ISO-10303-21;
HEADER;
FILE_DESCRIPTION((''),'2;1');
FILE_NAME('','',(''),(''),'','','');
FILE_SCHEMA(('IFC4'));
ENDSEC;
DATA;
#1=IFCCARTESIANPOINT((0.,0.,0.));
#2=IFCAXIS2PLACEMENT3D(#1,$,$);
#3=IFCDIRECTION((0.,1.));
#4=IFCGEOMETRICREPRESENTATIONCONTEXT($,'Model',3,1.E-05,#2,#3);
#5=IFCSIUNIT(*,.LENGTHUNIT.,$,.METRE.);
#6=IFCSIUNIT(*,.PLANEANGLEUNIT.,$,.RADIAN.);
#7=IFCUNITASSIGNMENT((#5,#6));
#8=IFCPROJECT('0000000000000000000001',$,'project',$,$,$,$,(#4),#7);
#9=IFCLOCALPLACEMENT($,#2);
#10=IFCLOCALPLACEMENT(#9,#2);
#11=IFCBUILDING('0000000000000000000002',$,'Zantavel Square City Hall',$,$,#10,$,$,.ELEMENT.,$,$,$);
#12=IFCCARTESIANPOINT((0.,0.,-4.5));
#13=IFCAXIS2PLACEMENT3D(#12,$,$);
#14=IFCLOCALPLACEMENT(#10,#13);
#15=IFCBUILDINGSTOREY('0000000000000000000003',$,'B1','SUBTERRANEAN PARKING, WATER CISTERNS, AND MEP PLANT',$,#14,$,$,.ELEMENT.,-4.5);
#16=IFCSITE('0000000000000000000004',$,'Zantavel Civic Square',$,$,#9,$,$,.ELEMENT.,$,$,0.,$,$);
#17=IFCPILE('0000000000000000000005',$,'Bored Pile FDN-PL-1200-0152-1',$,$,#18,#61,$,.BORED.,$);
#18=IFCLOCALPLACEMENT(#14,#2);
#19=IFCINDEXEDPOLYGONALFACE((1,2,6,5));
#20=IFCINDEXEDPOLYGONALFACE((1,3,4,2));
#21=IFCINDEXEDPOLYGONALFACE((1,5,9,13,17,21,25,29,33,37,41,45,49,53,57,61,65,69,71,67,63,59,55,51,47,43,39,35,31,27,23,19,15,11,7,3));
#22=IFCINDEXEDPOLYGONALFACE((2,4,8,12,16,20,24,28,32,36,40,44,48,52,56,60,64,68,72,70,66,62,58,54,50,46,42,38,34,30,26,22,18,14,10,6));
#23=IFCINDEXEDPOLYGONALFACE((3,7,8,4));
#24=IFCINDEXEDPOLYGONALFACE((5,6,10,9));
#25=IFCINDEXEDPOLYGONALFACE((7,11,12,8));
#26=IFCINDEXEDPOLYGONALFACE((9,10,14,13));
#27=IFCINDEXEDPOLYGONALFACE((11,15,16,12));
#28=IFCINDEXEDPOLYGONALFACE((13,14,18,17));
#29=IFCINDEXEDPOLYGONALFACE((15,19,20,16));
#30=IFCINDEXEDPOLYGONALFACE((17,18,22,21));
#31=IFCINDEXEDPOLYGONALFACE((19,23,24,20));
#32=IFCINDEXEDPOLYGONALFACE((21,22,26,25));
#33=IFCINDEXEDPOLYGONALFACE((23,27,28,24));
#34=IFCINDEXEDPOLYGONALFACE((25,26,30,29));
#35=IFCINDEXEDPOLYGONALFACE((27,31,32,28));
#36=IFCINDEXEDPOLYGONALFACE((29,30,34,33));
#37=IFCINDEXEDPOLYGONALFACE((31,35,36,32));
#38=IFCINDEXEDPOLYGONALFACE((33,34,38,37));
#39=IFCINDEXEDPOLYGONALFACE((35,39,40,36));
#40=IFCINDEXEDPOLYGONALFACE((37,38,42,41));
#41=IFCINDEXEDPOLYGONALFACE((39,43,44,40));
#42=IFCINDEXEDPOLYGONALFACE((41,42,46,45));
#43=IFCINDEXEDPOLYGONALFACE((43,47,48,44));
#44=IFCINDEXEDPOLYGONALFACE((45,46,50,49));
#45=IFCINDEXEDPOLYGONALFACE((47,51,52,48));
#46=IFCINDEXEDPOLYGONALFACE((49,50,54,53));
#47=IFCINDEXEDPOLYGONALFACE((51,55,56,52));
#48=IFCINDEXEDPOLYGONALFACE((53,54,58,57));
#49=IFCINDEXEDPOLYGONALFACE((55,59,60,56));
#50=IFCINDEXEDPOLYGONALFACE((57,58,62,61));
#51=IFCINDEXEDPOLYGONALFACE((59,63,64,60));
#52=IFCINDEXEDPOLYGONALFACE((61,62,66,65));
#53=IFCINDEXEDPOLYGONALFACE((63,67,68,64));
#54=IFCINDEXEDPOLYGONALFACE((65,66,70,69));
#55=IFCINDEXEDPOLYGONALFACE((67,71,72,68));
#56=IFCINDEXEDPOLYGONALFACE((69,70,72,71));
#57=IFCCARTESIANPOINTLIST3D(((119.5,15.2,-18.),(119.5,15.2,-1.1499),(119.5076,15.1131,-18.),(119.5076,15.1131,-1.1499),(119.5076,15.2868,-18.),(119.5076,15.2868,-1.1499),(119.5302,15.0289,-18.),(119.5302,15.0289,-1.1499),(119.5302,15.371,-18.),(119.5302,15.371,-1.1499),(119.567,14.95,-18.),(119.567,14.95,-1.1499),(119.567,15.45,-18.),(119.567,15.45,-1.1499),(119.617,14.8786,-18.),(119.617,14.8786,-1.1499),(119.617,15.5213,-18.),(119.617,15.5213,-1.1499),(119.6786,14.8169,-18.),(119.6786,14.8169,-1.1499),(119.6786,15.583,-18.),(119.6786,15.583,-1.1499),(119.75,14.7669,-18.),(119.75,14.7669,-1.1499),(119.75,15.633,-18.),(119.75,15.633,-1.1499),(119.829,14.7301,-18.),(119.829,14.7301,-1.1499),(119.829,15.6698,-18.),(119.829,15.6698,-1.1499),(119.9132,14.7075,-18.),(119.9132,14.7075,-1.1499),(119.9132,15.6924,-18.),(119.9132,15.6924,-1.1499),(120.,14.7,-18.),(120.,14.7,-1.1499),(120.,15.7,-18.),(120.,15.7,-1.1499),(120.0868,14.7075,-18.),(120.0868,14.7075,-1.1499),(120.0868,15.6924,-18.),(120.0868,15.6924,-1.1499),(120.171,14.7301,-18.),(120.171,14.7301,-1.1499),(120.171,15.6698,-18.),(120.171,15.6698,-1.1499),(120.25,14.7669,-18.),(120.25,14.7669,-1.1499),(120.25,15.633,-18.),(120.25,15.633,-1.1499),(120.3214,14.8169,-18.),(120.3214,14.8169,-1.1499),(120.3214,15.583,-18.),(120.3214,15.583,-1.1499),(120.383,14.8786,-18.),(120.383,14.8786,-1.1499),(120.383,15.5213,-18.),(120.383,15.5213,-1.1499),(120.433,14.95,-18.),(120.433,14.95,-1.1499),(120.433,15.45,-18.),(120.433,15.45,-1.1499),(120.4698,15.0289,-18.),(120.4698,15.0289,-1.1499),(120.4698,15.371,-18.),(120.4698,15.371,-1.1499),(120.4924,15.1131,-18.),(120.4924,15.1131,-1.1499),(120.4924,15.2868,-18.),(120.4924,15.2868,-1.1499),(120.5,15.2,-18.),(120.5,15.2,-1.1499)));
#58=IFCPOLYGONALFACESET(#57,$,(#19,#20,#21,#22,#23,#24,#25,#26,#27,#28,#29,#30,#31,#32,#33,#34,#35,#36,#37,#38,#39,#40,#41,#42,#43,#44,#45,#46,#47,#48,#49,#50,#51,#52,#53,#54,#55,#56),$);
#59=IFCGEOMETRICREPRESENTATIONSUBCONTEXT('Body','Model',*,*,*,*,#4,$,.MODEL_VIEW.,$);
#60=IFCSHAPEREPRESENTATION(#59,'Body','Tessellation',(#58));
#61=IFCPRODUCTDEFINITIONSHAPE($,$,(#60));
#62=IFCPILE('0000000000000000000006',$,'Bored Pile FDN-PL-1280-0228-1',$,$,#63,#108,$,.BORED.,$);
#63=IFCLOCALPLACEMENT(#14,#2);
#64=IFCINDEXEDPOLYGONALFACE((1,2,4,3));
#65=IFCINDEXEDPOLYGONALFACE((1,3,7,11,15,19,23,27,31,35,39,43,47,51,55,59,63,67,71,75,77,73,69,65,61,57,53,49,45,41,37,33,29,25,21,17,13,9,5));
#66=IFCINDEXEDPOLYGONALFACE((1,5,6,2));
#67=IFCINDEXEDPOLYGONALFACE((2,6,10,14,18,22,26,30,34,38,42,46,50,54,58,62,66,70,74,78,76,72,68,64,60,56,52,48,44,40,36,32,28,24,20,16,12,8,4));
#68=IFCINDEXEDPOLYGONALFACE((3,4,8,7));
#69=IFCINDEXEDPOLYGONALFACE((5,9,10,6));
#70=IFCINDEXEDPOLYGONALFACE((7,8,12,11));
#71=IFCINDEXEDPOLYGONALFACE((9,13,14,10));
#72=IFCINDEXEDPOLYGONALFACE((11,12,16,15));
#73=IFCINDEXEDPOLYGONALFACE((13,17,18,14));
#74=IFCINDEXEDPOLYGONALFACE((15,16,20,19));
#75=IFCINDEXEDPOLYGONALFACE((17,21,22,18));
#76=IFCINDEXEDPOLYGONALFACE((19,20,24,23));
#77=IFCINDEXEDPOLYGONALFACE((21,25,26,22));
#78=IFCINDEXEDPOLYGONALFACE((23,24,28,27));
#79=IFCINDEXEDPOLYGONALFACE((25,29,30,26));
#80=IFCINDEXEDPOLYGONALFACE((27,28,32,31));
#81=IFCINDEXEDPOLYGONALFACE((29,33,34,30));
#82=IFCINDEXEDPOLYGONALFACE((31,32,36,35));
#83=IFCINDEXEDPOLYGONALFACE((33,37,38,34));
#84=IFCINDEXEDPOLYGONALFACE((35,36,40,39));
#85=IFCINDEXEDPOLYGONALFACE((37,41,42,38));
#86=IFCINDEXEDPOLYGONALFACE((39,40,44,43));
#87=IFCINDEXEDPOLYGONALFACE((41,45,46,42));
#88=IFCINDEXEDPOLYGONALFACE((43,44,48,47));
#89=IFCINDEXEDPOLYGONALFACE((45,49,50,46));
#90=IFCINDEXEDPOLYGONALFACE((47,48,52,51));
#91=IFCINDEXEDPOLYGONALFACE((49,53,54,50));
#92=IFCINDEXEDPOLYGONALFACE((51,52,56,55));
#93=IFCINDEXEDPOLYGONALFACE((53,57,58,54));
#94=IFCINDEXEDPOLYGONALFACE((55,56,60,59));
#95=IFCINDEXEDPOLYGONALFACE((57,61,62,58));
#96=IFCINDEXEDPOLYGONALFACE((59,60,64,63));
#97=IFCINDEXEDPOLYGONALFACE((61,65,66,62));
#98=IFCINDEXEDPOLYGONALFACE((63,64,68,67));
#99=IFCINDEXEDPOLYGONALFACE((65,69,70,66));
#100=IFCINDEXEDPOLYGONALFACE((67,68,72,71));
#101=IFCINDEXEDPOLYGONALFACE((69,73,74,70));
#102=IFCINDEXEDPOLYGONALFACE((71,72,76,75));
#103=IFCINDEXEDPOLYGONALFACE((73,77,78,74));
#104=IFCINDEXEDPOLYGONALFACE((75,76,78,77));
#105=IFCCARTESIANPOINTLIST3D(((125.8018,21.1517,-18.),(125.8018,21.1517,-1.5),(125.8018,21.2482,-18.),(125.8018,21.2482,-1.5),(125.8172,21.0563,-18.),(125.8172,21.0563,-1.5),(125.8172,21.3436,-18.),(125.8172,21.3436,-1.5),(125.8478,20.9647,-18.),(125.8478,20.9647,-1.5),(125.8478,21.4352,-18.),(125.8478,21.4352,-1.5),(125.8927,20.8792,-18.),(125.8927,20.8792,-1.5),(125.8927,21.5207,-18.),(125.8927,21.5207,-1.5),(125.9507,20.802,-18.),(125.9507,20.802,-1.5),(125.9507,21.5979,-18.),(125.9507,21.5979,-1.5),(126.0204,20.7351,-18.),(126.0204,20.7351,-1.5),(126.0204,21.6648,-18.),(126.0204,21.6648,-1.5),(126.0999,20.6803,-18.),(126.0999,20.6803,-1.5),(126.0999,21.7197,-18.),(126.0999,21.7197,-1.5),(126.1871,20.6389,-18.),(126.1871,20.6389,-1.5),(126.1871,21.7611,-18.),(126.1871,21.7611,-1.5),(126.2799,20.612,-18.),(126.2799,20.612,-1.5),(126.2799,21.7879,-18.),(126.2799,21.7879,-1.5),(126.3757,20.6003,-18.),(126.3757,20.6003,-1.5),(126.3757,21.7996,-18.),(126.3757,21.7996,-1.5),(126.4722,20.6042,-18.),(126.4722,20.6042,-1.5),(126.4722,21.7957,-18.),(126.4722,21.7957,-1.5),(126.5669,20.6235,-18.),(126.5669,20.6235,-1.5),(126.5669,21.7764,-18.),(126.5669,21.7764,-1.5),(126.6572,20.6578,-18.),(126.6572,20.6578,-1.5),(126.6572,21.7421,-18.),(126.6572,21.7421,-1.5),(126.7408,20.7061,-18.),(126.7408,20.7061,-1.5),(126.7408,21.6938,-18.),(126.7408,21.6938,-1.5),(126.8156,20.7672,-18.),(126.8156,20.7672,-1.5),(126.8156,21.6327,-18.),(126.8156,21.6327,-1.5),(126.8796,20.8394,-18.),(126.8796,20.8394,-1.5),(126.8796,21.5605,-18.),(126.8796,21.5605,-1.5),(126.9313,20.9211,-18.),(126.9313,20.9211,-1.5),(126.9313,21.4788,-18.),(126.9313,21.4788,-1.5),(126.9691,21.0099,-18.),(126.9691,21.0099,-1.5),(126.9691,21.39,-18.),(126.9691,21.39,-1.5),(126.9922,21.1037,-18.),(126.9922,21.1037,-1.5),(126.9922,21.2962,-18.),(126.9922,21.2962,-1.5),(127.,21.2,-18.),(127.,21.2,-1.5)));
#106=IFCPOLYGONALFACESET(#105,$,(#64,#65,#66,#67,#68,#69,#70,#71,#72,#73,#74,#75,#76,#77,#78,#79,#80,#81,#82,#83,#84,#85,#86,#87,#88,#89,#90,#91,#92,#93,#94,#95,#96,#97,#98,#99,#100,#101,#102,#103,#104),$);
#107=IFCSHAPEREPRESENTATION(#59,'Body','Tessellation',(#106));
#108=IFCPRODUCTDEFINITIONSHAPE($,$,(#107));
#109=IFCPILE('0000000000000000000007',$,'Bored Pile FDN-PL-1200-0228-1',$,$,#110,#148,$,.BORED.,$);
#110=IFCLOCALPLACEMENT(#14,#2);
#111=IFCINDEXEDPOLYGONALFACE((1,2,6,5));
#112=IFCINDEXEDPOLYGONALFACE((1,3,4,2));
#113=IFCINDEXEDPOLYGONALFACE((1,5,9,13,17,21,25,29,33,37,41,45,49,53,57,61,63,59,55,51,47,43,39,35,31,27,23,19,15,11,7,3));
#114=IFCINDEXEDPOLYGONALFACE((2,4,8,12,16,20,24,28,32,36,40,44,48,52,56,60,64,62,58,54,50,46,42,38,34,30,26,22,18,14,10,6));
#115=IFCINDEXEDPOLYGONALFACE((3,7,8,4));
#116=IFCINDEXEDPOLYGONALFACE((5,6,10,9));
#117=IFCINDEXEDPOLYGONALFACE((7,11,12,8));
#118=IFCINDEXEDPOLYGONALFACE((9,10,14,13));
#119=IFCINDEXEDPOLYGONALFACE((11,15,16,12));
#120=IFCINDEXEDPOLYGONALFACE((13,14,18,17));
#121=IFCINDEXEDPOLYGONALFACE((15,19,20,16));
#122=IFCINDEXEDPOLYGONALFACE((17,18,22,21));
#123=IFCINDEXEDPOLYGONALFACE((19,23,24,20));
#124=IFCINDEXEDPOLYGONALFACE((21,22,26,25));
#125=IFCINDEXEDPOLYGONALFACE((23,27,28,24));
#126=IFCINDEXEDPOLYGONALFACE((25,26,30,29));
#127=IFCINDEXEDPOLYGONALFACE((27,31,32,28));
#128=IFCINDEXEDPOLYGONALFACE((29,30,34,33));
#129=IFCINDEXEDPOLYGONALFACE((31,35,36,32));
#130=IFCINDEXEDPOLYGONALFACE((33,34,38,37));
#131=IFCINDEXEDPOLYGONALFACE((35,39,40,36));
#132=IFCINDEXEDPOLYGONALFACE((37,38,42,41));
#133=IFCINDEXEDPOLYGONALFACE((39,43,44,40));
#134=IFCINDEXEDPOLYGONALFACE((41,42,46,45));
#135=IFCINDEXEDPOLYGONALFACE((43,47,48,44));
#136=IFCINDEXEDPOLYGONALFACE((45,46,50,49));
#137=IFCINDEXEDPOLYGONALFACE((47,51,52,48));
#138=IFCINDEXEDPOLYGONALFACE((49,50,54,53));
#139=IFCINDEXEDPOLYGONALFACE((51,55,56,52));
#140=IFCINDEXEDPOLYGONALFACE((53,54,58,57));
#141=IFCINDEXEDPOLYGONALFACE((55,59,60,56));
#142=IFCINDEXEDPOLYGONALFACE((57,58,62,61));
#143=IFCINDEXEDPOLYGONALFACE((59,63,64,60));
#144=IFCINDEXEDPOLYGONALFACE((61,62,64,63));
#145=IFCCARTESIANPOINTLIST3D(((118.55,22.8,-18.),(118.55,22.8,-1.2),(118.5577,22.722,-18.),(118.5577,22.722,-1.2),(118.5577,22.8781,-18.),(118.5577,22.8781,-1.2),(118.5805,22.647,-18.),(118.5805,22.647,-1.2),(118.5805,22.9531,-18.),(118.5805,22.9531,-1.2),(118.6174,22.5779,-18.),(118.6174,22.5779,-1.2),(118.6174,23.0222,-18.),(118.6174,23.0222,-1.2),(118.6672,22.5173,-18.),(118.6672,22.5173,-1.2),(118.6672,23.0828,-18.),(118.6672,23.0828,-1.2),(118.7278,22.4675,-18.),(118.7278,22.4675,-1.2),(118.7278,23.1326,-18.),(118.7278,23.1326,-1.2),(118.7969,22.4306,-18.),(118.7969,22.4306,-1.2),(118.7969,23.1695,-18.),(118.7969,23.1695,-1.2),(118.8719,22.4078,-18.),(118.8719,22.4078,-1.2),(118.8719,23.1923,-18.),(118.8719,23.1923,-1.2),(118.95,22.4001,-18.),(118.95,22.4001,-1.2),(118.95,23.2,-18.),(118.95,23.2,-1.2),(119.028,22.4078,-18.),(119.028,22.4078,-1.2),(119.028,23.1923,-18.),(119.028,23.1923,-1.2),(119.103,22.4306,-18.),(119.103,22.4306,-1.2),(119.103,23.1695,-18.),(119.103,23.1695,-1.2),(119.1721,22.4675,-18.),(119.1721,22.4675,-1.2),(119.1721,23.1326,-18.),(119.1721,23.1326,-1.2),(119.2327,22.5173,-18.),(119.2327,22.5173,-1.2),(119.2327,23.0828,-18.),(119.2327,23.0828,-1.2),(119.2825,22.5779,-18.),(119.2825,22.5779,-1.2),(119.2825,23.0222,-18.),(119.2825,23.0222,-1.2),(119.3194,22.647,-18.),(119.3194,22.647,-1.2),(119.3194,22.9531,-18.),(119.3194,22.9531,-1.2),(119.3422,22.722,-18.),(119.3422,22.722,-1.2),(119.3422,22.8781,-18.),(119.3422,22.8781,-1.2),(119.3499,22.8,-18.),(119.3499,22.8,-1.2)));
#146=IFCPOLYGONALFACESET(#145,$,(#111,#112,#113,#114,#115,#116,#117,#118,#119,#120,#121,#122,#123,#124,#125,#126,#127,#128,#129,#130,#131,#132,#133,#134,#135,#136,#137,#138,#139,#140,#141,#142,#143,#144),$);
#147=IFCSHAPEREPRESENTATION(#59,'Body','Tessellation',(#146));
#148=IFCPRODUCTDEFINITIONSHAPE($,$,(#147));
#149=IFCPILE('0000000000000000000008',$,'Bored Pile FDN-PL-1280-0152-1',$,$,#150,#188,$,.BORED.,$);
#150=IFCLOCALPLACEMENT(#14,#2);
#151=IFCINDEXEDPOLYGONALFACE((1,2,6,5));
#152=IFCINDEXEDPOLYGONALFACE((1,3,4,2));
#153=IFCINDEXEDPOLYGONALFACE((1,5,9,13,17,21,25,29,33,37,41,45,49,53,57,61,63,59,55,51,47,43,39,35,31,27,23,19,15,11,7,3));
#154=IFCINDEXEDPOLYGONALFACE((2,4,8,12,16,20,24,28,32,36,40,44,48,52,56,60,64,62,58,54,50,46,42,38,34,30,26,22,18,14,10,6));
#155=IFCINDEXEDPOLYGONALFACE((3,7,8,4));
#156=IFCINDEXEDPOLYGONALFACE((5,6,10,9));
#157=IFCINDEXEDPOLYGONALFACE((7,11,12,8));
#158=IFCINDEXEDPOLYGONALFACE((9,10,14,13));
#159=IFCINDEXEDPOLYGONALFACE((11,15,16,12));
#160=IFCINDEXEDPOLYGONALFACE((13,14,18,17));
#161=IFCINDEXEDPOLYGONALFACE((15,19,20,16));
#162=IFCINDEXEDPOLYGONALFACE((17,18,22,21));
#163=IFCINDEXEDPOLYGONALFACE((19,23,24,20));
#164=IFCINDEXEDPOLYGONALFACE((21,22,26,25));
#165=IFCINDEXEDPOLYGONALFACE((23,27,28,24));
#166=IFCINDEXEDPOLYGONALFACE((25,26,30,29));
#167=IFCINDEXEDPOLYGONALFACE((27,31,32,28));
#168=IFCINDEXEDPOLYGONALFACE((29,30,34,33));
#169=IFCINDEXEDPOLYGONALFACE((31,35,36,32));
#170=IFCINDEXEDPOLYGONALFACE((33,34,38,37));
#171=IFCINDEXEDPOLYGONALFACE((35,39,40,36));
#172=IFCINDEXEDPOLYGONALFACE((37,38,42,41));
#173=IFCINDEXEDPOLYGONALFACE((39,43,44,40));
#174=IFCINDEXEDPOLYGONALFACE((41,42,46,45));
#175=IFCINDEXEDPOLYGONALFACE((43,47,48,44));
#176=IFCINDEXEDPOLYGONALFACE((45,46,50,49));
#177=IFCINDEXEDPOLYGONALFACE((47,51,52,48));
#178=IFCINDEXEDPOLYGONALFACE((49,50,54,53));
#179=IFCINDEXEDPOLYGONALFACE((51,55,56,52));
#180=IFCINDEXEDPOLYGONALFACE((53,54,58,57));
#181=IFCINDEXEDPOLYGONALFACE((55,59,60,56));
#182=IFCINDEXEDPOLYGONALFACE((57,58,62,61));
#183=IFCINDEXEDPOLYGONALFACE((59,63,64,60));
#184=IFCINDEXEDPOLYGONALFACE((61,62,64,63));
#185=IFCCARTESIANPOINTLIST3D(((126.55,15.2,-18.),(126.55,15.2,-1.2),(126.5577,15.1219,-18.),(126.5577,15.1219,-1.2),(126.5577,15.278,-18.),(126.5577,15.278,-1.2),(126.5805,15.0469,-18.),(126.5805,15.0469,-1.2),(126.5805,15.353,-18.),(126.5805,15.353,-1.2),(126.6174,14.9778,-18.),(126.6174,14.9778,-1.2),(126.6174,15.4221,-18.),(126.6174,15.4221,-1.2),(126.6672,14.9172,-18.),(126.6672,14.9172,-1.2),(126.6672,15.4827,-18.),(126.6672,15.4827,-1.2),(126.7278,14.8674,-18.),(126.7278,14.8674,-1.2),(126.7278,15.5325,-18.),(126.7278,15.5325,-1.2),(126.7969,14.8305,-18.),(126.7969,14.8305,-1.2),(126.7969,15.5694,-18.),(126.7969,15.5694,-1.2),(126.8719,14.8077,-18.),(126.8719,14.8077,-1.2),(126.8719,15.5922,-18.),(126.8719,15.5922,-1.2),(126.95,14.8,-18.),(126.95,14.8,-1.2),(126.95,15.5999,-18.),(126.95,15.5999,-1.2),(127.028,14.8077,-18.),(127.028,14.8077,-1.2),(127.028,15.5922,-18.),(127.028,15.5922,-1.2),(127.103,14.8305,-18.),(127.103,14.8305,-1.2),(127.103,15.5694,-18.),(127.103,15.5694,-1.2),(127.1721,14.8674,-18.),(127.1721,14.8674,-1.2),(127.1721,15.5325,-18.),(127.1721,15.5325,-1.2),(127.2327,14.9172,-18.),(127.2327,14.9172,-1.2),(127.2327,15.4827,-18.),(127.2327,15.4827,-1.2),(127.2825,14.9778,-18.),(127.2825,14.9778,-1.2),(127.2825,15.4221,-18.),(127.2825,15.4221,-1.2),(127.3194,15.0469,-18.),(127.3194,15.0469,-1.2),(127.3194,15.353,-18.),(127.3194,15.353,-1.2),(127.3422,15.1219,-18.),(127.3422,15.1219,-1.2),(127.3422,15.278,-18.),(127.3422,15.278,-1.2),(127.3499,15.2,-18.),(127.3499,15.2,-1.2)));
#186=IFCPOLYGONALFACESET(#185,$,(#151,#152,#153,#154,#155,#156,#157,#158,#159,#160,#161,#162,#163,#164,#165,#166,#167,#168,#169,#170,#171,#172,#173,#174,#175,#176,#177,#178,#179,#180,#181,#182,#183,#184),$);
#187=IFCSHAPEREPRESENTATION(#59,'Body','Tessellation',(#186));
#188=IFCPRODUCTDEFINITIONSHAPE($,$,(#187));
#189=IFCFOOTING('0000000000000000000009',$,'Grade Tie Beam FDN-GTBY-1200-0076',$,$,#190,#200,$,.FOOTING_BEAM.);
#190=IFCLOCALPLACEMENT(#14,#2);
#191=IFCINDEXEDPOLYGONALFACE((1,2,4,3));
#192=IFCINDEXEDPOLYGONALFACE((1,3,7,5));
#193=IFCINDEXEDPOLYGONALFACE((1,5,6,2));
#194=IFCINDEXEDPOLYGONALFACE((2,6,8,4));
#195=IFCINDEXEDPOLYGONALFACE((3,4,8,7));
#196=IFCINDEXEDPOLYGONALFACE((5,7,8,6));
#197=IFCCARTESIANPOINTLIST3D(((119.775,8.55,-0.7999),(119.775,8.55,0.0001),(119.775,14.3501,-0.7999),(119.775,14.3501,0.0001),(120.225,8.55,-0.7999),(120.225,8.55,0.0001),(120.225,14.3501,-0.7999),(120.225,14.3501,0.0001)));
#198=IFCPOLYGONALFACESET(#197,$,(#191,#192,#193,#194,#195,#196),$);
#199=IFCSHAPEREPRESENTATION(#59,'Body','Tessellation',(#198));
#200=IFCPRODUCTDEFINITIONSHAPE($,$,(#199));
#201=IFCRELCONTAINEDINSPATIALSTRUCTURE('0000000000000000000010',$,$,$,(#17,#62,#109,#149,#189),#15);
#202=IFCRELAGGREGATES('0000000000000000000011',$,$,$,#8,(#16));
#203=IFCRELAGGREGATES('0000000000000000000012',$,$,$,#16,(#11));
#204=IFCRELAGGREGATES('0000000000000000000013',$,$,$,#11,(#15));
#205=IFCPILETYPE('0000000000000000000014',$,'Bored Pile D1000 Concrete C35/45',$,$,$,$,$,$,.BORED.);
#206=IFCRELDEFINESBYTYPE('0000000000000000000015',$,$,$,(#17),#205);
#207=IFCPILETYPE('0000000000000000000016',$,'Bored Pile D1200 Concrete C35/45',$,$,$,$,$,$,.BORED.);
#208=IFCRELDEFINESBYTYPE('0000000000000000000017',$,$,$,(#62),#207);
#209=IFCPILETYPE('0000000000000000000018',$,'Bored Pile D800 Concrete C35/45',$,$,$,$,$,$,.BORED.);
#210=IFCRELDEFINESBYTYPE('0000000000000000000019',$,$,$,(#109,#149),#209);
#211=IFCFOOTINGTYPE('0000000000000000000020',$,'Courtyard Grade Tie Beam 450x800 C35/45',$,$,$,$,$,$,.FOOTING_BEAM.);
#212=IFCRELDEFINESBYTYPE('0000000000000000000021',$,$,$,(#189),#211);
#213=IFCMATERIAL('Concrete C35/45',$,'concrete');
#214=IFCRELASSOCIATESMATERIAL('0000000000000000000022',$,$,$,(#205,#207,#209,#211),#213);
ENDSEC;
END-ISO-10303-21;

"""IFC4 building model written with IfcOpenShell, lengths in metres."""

from ifc_helpers import new_model, si_unit, direction, frame, origin, origin_2d, place, context, subcontext, project, spatial, rectangle, circle, extrude, material, material_profile, profile_set, type_object, element, save


model = new_model("IFC4")

# Units and contexts
model_context = context("Model", 3, precision=1e-05, world=origin(), true_north=direction((0.0, 1.0)))
body_context = subcontext(model_context, "Body", "Model", "MODEL_VIEW")
ifc_project = project(units=[si_unit("LENGTHUNIT", "METRE"), si_unit("PLANEANGLEUNIT", "RADIAN")], contexts=[model_context])

# Site, building, storey
site_placement = place(None, origin())
site = spatial("IfcSite", under=ifc_project, at=site_placement, Name="Zantavel Civic Square", CompositionType="ELEMENT", RefElevation=0.0)
building_placement = place(site_placement, origin())
building = spatial("IfcBuilding", under=site, at=building_placement, Name="Zantavel Square City Hall", CompositionType="ELEMENT")
storey_placement = place(building_placement, frame((0.0, 0.0, -4.5)))
storey = spatial("IfcBuildingStorey", under=building, at=storey_placement, Name="B1", Description="SUBTERRANEAN PARKING, WATER CISTERNS, AND MEP PLANT", CompositionType="ELEMENT", Elevation=-4.5)

# Piles
ifc_material_1 = material(Name="Concrete C35/45", Category="concrete")
ifc_material_profile_1 = material_profile(ifc_material_1, circle(Radius=0.5, at=origin_2d()), Name="PILE D1000")
ifc_profile_set_1 = profile_set([ifc_material_profile_1], Name="Concrete C35/45")
pile_type_1 = type_object("IfcPileType", Name="Bored Pile D1000 Concrete C35/45", PredefinedType="BORED", material=ifc_profile_set_1)
pile_1_placement = place(storey_placement, frame((120.0, 15.2, -1.1499), z_axis=(0.0, 0.0, -1.0), x_axis=(1.0, 0.0, 0.0)))
element("IfcPile", 1, at=pile_1_placement, inside=storey, type_object=pile_type_1, Name="Bored Pile FDN-PL-1200-0152-1", PredefinedType="BORED", context=body_context, shape_type="SweptSolid", body=[
    extrude(circle(Radius=0.5, at=origin_2d()), origin(), (0.0, 0.0, 1.0), 16.8501),
])
ifc_material_profile_2 = material_profile(ifc_material_1, circle(Radius=0.6001, at=origin_2d()), Name="PILE D1200")
ifc_profile_set_2 = profile_set([ifc_material_profile_2], Name="Concrete C35/45")
pile_type_2 = type_object("IfcPileType", Name="Bored Pile D1200 Concrete C35/45", PredefinedType="BORED", material=ifc_profile_set_2)
pile_2_placement = place(storey_placement, frame((126.3999, 21.2, -1.5), z_axis=(0.0, 0.0, -1.0), x_axis=(1.0, 0.0, 0.0)))
element("IfcPile", 2, at=pile_2_placement, inside=storey, type_object=pile_type_2, Name="Bored Pile FDN-PL-1280-0228-1", PredefinedType="BORED", context=body_context, shape_type="SweptSolid", body=[
    extrude(circle(Radius=0.6001, at=origin_2d()), origin(), (0.0, 0.0, 1.0), 16.5),
])
ifc_material_profile_3 = material_profile(ifc_material_1, circle(Radius=0.3999, at=origin_2d()), Name="PILE D800")
ifc_profile_set_3 = profile_set([ifc_material_profile_3], Name="Concrete C35/45")
pile_type_3 = type_object("IfcPileType", Name="Bored Pile D800 Concrete C35/45", PredefinedType="BORED", material=ifc_profile_set_3)
for number, where, z_axis, x_axis, name in (
    (3, (118.95, 22.8, -1.2), (0.0, 0.0, -1.0), (1.0, 0.0, 0.0), "Bored Pile FDN-PL-1200-0228-1"),
    (4, (126.95, 15.2, -1.2), (0.0, 0.0, -1.0), (1.0, 0.0, 0.0), "Bored Pile FDN-PL-1280-0152-1"),
):
    element("IfcPile", number, at=place(storey_placement, frame(where, z_axis=z_axis, x_axis=x_axis)), inside=storey, type_object=pile_type_3, Name=name, PredefinedType="BORED", context=body_context, shape_type="SweptSolid", body=[
        extrude(circle(Radius=0.3999, at=origin_2d()), origin(), (0.0, 0.0, 1.0), 16.8),
    ])

# Footing
ifc_material_profile_4 = material_profile(ifc_material_1, rectangle(XDim=0.45, YDim=0.8, at=origin_2d()), Name="RC 450x800")
ifc_profile_set_4 = profile_set([ifc_material_profile_4], Name="Concrete C35/45")
footing_type_1 = type_object("IfcFootingType", Name="Courtyard Grade Tie Beam 450x800 C35/45", PredefinedType="FOOTING_BEAM", material=ifc_profile_set_4)
footing_1_placement = place(storey_placement, frame((120.0, 8.55, -0.3999), z_axis=(0.0, 1.0, 0.0), x_axis=(-1.0, 0.0, 0.0)))
element("IfcFooting", 5, at=footing_1_placement, inside=storey, type_object=footing_type_1, Name="Grade Tie Beam FDN-GTBY-1200-0076", PredefinedType="FOOTING_BEAM", context=body_context, shape_type="SweptSolid", body=[
    extrude(rectangle(XDim=0.45, YDim=0.8, at=origin_2d()), origin(), (0.0, 0.0, 1.0), 5.8),
])

save(model, "model.ifc")
